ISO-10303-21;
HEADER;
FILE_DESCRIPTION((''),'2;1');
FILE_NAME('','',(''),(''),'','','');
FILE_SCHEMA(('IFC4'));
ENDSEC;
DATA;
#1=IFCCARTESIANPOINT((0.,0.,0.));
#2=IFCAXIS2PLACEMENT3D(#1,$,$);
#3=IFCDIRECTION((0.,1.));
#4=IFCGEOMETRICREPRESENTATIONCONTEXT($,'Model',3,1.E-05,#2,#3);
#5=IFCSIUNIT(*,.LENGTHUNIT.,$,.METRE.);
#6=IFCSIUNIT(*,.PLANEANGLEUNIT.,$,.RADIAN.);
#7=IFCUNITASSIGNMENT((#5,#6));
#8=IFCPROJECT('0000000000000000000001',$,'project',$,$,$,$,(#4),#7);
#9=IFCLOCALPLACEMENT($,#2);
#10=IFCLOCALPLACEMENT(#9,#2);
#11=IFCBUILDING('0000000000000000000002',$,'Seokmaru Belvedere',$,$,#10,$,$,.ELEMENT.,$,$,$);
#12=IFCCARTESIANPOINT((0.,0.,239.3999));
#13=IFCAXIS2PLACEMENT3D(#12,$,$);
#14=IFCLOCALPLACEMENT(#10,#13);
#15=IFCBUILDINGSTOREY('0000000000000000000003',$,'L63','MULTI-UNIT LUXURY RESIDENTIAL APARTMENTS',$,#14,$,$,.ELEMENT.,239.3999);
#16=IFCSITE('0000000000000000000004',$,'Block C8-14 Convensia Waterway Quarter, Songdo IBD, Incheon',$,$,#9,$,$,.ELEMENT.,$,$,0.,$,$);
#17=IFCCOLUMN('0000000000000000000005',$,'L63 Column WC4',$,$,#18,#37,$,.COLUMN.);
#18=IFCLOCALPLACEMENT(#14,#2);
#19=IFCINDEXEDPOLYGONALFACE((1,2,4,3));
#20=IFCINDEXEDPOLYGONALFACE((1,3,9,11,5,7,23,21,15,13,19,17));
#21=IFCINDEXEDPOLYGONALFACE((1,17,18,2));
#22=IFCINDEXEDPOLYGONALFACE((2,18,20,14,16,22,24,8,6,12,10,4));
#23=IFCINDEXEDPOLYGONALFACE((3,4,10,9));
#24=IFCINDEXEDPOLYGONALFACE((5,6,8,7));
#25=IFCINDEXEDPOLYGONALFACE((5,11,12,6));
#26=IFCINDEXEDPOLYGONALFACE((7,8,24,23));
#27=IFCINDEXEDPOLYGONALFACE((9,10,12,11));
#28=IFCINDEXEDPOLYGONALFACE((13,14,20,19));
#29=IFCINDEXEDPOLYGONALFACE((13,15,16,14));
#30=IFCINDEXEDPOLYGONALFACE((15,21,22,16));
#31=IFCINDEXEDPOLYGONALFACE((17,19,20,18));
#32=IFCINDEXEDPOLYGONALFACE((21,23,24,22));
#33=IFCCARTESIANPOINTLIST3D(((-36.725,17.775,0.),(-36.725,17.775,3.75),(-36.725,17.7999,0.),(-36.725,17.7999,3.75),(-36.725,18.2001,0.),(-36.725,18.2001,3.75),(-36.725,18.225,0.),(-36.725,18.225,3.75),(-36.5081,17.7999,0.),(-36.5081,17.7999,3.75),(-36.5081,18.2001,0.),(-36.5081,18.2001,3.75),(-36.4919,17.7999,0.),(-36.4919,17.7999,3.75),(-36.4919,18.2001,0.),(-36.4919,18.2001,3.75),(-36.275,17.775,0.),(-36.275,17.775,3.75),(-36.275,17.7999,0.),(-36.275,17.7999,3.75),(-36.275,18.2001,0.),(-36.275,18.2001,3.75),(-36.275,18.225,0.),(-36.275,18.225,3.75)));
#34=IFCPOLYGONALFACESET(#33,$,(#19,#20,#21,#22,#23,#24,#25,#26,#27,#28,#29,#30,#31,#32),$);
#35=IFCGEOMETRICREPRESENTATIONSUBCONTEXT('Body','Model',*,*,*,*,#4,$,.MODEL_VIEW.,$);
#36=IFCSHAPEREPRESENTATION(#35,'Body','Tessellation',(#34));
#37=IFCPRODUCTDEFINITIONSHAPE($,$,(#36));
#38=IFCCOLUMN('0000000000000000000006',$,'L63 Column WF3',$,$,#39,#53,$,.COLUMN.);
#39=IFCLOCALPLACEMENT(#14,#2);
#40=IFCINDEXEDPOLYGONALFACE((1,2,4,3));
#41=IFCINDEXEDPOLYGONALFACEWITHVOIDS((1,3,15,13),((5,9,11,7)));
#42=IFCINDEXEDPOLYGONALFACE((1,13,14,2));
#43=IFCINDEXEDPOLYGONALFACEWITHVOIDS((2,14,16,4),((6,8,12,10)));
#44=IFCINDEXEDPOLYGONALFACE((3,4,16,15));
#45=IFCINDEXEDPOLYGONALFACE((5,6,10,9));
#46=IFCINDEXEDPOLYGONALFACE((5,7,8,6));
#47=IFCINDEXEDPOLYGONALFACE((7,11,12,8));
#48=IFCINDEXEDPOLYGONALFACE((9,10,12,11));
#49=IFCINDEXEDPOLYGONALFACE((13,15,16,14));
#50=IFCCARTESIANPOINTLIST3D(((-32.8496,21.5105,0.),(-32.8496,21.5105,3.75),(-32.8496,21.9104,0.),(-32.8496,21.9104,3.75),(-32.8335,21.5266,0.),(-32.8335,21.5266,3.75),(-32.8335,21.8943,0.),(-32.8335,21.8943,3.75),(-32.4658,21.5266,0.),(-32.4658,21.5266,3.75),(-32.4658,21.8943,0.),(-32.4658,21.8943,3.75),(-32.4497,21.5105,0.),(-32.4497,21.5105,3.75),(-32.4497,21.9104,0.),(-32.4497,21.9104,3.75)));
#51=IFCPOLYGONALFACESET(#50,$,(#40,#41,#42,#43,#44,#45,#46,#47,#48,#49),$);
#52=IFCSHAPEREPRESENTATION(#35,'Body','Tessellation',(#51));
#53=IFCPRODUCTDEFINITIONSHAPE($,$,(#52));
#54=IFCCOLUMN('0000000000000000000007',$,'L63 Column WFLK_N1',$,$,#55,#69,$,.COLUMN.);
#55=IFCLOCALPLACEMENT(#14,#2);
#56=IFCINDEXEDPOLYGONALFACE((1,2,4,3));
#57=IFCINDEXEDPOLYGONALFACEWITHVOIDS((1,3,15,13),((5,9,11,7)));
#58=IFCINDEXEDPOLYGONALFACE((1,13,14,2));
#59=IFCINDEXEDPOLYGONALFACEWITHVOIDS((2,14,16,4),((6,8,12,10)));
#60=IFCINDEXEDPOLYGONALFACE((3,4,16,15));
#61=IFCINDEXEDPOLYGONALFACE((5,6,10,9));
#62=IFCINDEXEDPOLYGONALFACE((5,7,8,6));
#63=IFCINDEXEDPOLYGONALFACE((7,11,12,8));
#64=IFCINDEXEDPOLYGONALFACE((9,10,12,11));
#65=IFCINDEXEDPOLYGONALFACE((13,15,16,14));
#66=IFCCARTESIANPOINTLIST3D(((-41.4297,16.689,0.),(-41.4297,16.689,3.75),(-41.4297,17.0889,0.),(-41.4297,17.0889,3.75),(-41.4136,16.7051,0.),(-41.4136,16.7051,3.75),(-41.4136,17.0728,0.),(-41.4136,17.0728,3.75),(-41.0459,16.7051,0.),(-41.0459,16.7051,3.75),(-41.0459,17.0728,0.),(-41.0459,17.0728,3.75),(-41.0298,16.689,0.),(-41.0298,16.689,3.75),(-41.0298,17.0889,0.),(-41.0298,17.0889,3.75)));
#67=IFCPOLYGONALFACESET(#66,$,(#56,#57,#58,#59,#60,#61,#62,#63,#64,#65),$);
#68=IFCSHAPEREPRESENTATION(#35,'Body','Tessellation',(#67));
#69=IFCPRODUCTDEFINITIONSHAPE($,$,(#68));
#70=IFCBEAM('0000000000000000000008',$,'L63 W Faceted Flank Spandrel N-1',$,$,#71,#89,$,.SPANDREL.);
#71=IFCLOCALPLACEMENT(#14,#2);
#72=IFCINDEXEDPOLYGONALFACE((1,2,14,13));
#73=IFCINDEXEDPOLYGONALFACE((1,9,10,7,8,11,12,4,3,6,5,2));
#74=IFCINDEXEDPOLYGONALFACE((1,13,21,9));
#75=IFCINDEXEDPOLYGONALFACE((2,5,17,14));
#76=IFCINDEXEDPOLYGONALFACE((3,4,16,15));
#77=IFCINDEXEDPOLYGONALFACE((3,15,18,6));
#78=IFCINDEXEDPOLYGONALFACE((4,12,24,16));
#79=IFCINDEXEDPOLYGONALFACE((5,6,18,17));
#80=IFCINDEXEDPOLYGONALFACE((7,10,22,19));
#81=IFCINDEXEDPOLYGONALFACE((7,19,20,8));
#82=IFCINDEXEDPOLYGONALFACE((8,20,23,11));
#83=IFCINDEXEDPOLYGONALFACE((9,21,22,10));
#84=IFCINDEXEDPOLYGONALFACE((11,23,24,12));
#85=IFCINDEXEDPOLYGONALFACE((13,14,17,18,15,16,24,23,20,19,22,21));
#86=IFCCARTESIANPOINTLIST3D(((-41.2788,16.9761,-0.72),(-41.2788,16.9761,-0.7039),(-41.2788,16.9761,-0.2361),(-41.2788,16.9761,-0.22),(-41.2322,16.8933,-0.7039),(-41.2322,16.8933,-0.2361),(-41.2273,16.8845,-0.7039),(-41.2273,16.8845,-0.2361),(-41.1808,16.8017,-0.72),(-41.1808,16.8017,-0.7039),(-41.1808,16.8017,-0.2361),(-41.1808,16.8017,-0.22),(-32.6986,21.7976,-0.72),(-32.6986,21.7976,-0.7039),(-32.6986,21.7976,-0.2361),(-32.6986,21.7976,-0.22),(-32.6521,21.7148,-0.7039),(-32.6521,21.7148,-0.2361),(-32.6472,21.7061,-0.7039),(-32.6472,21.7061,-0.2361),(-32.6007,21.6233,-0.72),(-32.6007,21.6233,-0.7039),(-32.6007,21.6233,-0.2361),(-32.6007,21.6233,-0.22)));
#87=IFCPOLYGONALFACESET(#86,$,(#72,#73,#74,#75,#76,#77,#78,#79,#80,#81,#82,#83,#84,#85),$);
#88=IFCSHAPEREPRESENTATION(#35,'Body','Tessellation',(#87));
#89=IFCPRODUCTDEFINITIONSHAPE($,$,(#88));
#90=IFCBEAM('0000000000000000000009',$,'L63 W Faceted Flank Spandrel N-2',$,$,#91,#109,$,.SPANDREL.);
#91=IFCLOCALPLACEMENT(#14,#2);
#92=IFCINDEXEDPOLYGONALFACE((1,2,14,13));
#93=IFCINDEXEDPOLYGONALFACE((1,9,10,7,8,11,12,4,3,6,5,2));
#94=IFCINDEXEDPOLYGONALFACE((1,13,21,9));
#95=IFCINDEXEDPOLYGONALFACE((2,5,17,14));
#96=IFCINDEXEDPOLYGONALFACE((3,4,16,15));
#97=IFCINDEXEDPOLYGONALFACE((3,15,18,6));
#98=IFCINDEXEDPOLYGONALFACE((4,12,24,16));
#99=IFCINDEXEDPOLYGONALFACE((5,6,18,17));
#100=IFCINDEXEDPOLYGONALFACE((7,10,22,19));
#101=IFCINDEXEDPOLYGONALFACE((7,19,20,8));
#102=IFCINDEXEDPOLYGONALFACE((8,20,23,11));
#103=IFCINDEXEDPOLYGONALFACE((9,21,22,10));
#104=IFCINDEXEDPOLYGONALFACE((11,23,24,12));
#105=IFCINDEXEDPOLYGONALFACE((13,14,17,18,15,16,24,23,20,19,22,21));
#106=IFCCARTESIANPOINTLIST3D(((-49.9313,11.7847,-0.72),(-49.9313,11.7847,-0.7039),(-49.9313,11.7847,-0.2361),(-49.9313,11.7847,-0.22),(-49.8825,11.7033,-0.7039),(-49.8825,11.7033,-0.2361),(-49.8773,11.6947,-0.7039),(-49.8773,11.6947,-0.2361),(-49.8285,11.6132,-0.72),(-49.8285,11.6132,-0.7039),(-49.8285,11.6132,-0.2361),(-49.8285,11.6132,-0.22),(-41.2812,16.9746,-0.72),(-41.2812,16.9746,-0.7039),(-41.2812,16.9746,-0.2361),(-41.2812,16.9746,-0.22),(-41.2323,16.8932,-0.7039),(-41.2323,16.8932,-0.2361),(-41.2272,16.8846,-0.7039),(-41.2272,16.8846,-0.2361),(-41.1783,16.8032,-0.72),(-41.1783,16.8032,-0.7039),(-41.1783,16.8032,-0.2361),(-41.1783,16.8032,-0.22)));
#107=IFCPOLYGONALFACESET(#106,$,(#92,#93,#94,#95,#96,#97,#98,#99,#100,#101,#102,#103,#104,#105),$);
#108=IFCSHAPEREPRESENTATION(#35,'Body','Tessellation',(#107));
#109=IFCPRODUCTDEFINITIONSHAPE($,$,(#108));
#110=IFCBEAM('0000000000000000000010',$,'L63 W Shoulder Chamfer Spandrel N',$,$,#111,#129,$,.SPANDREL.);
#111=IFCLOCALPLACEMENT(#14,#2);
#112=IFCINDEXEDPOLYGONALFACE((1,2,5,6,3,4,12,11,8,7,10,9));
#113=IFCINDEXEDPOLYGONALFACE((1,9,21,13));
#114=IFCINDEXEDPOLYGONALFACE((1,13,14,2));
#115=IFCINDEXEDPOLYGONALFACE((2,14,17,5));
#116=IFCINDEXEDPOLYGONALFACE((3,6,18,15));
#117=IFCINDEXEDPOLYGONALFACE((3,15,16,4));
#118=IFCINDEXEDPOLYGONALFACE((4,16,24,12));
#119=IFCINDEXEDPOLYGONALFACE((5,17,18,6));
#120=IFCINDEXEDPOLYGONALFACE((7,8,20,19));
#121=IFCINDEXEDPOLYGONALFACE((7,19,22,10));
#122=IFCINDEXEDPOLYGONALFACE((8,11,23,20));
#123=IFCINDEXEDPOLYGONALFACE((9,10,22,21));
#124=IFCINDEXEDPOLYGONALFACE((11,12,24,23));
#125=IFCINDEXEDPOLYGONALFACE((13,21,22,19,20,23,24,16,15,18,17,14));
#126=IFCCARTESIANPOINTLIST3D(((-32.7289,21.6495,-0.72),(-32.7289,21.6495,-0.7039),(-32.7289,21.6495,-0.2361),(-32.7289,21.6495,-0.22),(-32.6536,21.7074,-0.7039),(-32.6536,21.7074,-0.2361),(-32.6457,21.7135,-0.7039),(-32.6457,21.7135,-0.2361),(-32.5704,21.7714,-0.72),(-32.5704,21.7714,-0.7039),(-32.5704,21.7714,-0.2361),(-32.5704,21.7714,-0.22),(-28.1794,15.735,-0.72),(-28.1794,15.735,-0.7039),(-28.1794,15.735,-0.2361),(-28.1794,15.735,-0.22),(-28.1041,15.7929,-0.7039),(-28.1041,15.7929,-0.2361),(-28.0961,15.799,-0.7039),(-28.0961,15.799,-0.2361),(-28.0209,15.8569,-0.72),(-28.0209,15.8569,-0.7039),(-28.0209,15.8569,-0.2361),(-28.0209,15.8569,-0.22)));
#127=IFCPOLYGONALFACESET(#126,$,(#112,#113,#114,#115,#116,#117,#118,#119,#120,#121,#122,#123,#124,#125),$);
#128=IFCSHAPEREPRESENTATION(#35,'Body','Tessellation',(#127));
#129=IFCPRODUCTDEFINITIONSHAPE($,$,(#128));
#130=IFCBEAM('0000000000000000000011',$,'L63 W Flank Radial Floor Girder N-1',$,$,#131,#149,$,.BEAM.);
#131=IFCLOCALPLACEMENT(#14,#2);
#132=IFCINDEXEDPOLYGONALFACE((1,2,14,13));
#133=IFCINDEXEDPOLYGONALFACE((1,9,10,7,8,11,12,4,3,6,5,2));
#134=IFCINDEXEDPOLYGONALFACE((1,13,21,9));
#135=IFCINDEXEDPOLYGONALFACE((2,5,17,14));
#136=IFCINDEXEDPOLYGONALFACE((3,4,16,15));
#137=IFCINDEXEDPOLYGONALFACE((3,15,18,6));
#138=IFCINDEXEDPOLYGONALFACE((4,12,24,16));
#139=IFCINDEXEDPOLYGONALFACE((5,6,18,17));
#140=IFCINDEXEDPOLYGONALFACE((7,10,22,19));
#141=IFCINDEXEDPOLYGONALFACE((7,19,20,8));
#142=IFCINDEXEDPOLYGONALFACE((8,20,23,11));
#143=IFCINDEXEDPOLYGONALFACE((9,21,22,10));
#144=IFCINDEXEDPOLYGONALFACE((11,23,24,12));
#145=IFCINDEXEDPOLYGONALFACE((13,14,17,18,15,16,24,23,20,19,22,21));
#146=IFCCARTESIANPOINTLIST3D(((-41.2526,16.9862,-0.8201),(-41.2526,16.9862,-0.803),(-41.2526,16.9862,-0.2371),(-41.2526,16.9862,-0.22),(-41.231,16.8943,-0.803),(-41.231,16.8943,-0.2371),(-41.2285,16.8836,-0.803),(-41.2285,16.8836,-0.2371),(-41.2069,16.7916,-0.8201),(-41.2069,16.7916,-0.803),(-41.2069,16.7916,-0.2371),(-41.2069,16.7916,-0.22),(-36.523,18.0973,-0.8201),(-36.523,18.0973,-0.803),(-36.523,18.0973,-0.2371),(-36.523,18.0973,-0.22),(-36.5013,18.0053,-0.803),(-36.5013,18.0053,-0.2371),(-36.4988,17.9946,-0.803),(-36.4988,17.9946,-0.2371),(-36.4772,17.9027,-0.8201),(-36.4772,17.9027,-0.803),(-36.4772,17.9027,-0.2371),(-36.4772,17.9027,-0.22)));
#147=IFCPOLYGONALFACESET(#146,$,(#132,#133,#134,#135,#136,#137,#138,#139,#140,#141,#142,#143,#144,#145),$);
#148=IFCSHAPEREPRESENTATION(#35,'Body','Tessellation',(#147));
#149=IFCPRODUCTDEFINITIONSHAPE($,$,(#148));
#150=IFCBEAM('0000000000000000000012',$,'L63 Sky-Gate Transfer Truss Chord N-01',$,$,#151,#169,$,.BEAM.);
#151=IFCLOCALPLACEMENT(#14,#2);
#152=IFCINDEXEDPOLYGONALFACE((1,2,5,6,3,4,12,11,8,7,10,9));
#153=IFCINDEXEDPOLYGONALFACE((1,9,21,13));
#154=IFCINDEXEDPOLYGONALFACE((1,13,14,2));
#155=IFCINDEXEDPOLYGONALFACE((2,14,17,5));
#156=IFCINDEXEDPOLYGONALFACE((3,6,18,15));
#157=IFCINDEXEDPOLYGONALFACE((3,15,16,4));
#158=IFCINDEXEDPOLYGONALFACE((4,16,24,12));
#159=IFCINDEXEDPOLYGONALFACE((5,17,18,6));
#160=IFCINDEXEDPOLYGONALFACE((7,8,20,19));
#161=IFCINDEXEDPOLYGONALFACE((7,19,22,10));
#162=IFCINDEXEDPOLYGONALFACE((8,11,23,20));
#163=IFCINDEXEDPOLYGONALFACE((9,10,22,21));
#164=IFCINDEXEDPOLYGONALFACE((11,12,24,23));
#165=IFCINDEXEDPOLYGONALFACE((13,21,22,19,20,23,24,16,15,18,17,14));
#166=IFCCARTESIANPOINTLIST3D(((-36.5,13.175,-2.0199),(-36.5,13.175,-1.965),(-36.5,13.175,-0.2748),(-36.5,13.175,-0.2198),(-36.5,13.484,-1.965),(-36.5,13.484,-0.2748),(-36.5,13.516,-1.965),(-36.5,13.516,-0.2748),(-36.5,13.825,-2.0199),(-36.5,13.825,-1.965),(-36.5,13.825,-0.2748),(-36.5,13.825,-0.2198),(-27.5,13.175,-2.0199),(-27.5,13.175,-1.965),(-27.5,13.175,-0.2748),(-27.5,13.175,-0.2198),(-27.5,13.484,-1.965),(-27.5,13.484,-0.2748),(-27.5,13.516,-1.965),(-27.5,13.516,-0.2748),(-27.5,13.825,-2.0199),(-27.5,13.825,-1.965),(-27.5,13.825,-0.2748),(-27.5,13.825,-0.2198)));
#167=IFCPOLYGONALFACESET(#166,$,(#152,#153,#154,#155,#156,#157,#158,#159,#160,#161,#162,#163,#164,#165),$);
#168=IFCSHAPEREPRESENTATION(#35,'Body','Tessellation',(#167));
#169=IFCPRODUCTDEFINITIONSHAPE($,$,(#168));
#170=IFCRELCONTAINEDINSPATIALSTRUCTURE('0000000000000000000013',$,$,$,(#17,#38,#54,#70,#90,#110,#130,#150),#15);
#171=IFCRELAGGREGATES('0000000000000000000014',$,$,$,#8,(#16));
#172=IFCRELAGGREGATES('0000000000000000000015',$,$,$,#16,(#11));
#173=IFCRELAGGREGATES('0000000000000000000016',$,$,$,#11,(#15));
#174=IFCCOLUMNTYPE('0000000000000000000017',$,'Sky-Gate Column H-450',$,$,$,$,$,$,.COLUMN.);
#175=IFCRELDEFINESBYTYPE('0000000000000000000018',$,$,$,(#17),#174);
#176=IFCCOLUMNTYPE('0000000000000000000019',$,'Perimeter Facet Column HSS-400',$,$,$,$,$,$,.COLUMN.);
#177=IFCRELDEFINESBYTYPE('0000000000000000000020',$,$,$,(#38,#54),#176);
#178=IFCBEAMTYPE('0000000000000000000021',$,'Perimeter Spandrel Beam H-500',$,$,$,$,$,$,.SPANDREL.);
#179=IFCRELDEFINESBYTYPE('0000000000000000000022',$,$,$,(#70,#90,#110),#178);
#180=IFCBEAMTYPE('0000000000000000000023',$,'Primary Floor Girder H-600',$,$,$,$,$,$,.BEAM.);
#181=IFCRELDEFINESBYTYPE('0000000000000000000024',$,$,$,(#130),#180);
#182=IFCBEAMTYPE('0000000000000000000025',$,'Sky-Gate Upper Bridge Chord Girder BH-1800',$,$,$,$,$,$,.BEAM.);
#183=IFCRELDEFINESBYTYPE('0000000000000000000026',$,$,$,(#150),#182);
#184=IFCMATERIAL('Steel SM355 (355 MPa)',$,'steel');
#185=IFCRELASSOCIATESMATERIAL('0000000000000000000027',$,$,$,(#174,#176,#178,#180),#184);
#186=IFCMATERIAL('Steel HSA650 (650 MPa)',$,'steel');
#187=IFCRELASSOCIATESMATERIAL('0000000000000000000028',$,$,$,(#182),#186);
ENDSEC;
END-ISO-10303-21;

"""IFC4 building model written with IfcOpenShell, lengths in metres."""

from ifc_helpers import new_model, si_unit, direction, frame, origin, origin_2d, place, context, subcontext, project, spatial, hollow_rectangle, i_section, extrude, source, transform, mapped, material, material_profile, profile_set, type_object, type_shapes, element, save


model = new_model("IFC4")

# Units and contexts
model_context = context("Model", 3, precision=1e-05, world=origin(), true_north=direction((0.0, 1.0)))
body_context = subcontext(model_context, "Body", "Model", "MODEL_VIEW")
ifc_project = project(units=[si_unit("LENGTHUNIT", "METRE"), si_unit("PLANEANGLEUNIT", "RADIAN")], contexts=[model_context])

# Site, building, storey
site_placement = place(None, origin())
site = spatial("IfcSite", under=ifc_project, at=site_placement, Name="Block C8-14 Convensia Waterway Quarter, Songdo IBD, Incheon", CompositionType="ELEMENT", RefElevation=0.0)
building_placement = place(site_placement, origin())
building = spatial("IfcBuilding", under=site, at=building_placement, Name="Seokmaru Belvedere", CompositionType="ELEMENT")
storey_placement = place(building_placement, frame((0.0, 0.0, 239.3999)))
storey = spatial("IfcBuildingStorey", under=building, at=storey_placement, Name="L63", Description="MULTI-UNIT LUXURY RESIDENTIAL APARTMENTS", CompositionType="ELEMENT", Elevation=239.3999)

# Columns
ifc_material_1 = material(Name="Steel SM355 (355 MPa)", Category="steel")
ifc_material_profile_1 = material_profile(ifc_material_1, i_section(OverallWidth=0.45, OverallDepth=0.45, WebThickness=0.0161, FlangeThickness=0.0249, at=origin_2d()), Name="H-450x450x16x25")
ifc_profile_set_1 = profile_set([ifc_material_profile_1], Name="Steel SM355 (355 MPa)")
column_type_1 = type_object("IfcColumnType", Name="Sky-Gate Column H-450", PredefinedType="COLUMN", material=ifc_profile_set_1)
shared_shape_1 = source(origin(), body_context, "Body", "SweptSolid", [
    extrude(i_section(OverallWidth=0.45, OverallDepth=0.45, WebThickness=0.0161, FlangeThickness=0.0249, at=origin_2d()), origin(), (0.0, 0.0, 1.0), 3.75),
])
type_shapes(column_type_1, [shared_shape_1])
column_placement = place(storey_placement, frame((-36.5, 18.0, 0.0), z_axis=(0.0, 0.0, 1.0), x_axis=(1.0, 0.0, 0.0)))
element("IfcColumn", 1, at=column_placement, inside=storey, type_object=column_type_1, Name="L63 Column WC4", PredefinedType="COLUMN", context=body_context, shape_type="MappedRepresentation", body=[
    mapped(shared_shape_1, transform((0.0, 0.0, 0.0), scale=1.0)),
])
ifc_material_profile_2 = material_profile(ifc_material_1, hollow_rectangle(XDim=0.3999, YDim=0.3999, WallThickness=0.0161, at=origin_2d()), Name="HSS-400x400x16")
ifc_profile_set_2 = profile_set([ifc_material_profile_2], Name="Steel SM355 (355 MPa)")
column_type_2 = type_object("IfcColumnType", Name="Perimeter Facet Column HSS-400", PredefinedType="COLUMN", material=ifc_profile_set_2)
shared_shape_2 = source(origin(), body_context, "Body", "SweptSolid", [
    extrude(hollow_rectangle(XDim=0.3999, YDim=0.3999, WallThickness=0.0161, at=origin_2d()), origin(), (0.0, 0.0, 1.0), 3.75),
])
type_shapes(column_type_2, [shared_shape_2])
for number, where, z_axis, x_axis, name in (
    (2, (-32.6497, 21.7104, 0.0), (0.0, 0.0, 1.0), (1.0, 0.0, 0.0), "L63 Column WF3"),
    (3, (-41.2297, 16.8889, 0.0), (0.0, 0.0, 1.0), (1.0, 0.0, 0.0), "L63 Column WFLK_N1"),
):
    element("IfcColumn", number, at=place(storey_placement, frame(where, z_axis=z_axis, x_axis=x_axis)), inside=storey, type_object=column_type_2, Name=name, PredefinedType="COLUMN", context=body_context, shape_type="MappedRepresentation", body=[
        mapped(shared_shape_2, transform((0.0, 0.0, 0.0), scale=1.0)),
    ])

# Beams
ifc_material_profile_3 = material_profile(ifc_material_1, i_section(OverallWidth=0.2, OverallDepth=0.5, WebThickness=0.01, FlangeThickness=0.0161, at=origin_2d()), Name="H-500x200x10x16")
ifc_profile_set_3 = profile_set([ifc_material_profile_3], Name="Steel SM355 (355 MPa)")
beam_type_1 = type_object("IfcBeamType", Name="Perimeter Spandrel Beam H-500", PredefinedType="SPANDREL", material=ifc_profile_set_3)
shared_shape_3 = source(origin(), body_context, "Body", "SweptSolid", [
    extrude(i_section(OverallWidth=0.2, OverallDepth=0.5, WebThickness=0.01, FlangeThickness=0.0161, at=origin_2d()), origin(), (0.0, 0.0, 1.0), 9.842),
])
beam_1_placement = place(storey_placement, frame((-32.6497, 21.7104, -0.47), z_axis=(-0.871782, -0.489894, 0.0), x_axis=(0.489894, -0.871782, 0.0)))
element("IfcBeam", 4, at=beam_1_placement, inside=storey, type_object=beam_type_1, Name="L63 W Faceted Flank Spandrel N-1", PredefinedType="SPANDREL", context=body_context, shape_type="MappedRepresentation", body=[
    mapped(shared_shape_3, transform((0.0, 0.0, 0.0), scale=1.0)),
])
shared_shape_4 = source(origin(), body_context, "Body", "SweptSolid", [
    extrude(i_section(OverallWidth=0.2, OverallDepth=0.5, WebThickness=0.01, FlangeThickness=0.0161, at=origin_2d()), origin(), (0.0, 0.0, 1.0), 10.0876),
])
beam_2_placement = place(storey_placement, frame((-41.2297, 16.8889, -0.47), z_axis=(-0.857499, -0.514485, 0.0), x_axis=(0.514485, -0.857499, 0.0)))
element("IfcBeam", 5, at=beam_2_placement, inside=storey, type_object=beam_type_1, Name="L63 W Faceted Flank Spandrel N-2", PredefinedType="SPANDREL", context=body_context, shape_type="MappedRepresentation", body=[
    mapped(shared_shape_4, transform((0.0, 0.0, 0.0), scale=1.0)),
])
shared_shape_5 = source(origin(), body_context, "Body", "SweptSolid", [
    extrude(i_section(OverallWidth=0.2, OverallDepth=0.5, WebThickness=0.01, FlangeThickness=0.0161, at=origin_2d()), origin(), (0.0, 0.0, 1.0), 7.4619),
])
type_shapes(beam_type_1, [shared_shape_3, shared_shape_4, shared_shape_5])
beam_3_placement = place(storey_placement, frame((-32.6497, 21.7104, -0.47), z_axis=(0.609703, -0.79263, 0.0), x_axis=(0.79263, 0.609703, 0.0)))
element("IfcBeam", 6, at=beam_3_placement, inside=storey, type_object=beam_type_1, Name="L63 W Shoulder Chamfer Spandrel N", PredefinedType="SPANDREL", context=body_context, shape_type="MappedRepresentation", body=[
    mapped(shared_shape_5, transform((0.0, 0.0, 0.0), scale=1.0)),
])
ifc_material_profile_4 = material_profile(ifc_material_1, i_section(OverallWidth=0.2, OverallDepth=0.6001, WebThickness=0.011, FlangeThickness=0.0171, at=origin_2d()), Name="H-600x200x11x17")
ifc_profile_set_4 = profile_set([ifc_material_profile_4], Name="Steel SM355 (355 MPa)")
beam_type_2 = type_object("IfcBeamType", Name="Primary Floor Girder H-600", PredefinedType="BEAM", material=ifc_profile_set_4)
shared_shape_6 = source(origin(), body_context, "Body", "SweptSolid", [
    extrude(i_section(OverallWidth=0.2, OverallDepth=0.6001, WebThickness=0.011, FlangeThickness=0.0171, at=origin_2d()), origin(), (0.0, 0.0, 1.0), 4.8584),
])
type_shapes(beam_type_2, [shared_shape_6])
beam_4_placement = place(storey_placement, frame((-41.2297, 16.8889, -0.52), z_axis=(0.973499, 0.228689, 0.0), x_axis=(-0.228689, 0.973499, 0.0)))
element("IfcBeam", 7, at=beam_4_placement, inside=storey, type_object=beam_type_2, Name="L63 W Flank Radial Floor Girder N-1", PredefinedType="BEAM", context=body_context, shape_type="MappedRepresentation", body=[
    mapped(shared_shape_6, transform((0.0, 0.0, 0.0), scale=1.0)),
])
ifc_material_2 = material(Name="Steel HSA650 (650 MPa)", Category="steel")
ifc_material_profile_5 = material_profile(ifc_material_2, i_section(OverallWidth=0.6499, OverallDepth=1.8, WebThickness=0.032, FlangeThickness=0.0549, at=origin_2d()), Name="BH-1800x650x32x55")
ifc_profile_set_5 = profile_set([ifc_material_profile_5], Name="Steel HSA650 (650 MPa)")
beam_type_3 = type_object("IfcBeamType", Name="Sky-Gate Upper Bridge Chord Girder BH-1800", PredefinedType="BEAM", material=ifc_profile_set_5)
shared_shape_7 = source(origin(), body_context, "Body", "SweptSolid", [
    extrude(i_section(OverallWidth=0.6499, OverallDepth=1.8, WebThickness=0.032, FlangeThickness=0.0549, at=origin_2d()), origin(), (0.0, 0.0, 1.0), 9.0),
])
type_shapes(beam_type_3, [shared_shape_7])
beam_5_placement = place(storey_placement, frame((-36.5, 13.5, -1.1199), z_axis=(1.0, 0.0, 0.0), x_axis=(0.0, 1.0, 0.0)))
element("IfcBeam", 8, at=beam_5_placement, inside=storey, type_object=beam_type_3, Name="L63 Sky-Gate Transfer Truss Chord N-01", PredefinedType="BEAM", context=body_context, shape_type="MappedRepresentation", body=[
    mapped(shared_shape_7, transform((0.0, 0.0, 0.0), scale=1.0)),
])

save(model, "model.ifc")
